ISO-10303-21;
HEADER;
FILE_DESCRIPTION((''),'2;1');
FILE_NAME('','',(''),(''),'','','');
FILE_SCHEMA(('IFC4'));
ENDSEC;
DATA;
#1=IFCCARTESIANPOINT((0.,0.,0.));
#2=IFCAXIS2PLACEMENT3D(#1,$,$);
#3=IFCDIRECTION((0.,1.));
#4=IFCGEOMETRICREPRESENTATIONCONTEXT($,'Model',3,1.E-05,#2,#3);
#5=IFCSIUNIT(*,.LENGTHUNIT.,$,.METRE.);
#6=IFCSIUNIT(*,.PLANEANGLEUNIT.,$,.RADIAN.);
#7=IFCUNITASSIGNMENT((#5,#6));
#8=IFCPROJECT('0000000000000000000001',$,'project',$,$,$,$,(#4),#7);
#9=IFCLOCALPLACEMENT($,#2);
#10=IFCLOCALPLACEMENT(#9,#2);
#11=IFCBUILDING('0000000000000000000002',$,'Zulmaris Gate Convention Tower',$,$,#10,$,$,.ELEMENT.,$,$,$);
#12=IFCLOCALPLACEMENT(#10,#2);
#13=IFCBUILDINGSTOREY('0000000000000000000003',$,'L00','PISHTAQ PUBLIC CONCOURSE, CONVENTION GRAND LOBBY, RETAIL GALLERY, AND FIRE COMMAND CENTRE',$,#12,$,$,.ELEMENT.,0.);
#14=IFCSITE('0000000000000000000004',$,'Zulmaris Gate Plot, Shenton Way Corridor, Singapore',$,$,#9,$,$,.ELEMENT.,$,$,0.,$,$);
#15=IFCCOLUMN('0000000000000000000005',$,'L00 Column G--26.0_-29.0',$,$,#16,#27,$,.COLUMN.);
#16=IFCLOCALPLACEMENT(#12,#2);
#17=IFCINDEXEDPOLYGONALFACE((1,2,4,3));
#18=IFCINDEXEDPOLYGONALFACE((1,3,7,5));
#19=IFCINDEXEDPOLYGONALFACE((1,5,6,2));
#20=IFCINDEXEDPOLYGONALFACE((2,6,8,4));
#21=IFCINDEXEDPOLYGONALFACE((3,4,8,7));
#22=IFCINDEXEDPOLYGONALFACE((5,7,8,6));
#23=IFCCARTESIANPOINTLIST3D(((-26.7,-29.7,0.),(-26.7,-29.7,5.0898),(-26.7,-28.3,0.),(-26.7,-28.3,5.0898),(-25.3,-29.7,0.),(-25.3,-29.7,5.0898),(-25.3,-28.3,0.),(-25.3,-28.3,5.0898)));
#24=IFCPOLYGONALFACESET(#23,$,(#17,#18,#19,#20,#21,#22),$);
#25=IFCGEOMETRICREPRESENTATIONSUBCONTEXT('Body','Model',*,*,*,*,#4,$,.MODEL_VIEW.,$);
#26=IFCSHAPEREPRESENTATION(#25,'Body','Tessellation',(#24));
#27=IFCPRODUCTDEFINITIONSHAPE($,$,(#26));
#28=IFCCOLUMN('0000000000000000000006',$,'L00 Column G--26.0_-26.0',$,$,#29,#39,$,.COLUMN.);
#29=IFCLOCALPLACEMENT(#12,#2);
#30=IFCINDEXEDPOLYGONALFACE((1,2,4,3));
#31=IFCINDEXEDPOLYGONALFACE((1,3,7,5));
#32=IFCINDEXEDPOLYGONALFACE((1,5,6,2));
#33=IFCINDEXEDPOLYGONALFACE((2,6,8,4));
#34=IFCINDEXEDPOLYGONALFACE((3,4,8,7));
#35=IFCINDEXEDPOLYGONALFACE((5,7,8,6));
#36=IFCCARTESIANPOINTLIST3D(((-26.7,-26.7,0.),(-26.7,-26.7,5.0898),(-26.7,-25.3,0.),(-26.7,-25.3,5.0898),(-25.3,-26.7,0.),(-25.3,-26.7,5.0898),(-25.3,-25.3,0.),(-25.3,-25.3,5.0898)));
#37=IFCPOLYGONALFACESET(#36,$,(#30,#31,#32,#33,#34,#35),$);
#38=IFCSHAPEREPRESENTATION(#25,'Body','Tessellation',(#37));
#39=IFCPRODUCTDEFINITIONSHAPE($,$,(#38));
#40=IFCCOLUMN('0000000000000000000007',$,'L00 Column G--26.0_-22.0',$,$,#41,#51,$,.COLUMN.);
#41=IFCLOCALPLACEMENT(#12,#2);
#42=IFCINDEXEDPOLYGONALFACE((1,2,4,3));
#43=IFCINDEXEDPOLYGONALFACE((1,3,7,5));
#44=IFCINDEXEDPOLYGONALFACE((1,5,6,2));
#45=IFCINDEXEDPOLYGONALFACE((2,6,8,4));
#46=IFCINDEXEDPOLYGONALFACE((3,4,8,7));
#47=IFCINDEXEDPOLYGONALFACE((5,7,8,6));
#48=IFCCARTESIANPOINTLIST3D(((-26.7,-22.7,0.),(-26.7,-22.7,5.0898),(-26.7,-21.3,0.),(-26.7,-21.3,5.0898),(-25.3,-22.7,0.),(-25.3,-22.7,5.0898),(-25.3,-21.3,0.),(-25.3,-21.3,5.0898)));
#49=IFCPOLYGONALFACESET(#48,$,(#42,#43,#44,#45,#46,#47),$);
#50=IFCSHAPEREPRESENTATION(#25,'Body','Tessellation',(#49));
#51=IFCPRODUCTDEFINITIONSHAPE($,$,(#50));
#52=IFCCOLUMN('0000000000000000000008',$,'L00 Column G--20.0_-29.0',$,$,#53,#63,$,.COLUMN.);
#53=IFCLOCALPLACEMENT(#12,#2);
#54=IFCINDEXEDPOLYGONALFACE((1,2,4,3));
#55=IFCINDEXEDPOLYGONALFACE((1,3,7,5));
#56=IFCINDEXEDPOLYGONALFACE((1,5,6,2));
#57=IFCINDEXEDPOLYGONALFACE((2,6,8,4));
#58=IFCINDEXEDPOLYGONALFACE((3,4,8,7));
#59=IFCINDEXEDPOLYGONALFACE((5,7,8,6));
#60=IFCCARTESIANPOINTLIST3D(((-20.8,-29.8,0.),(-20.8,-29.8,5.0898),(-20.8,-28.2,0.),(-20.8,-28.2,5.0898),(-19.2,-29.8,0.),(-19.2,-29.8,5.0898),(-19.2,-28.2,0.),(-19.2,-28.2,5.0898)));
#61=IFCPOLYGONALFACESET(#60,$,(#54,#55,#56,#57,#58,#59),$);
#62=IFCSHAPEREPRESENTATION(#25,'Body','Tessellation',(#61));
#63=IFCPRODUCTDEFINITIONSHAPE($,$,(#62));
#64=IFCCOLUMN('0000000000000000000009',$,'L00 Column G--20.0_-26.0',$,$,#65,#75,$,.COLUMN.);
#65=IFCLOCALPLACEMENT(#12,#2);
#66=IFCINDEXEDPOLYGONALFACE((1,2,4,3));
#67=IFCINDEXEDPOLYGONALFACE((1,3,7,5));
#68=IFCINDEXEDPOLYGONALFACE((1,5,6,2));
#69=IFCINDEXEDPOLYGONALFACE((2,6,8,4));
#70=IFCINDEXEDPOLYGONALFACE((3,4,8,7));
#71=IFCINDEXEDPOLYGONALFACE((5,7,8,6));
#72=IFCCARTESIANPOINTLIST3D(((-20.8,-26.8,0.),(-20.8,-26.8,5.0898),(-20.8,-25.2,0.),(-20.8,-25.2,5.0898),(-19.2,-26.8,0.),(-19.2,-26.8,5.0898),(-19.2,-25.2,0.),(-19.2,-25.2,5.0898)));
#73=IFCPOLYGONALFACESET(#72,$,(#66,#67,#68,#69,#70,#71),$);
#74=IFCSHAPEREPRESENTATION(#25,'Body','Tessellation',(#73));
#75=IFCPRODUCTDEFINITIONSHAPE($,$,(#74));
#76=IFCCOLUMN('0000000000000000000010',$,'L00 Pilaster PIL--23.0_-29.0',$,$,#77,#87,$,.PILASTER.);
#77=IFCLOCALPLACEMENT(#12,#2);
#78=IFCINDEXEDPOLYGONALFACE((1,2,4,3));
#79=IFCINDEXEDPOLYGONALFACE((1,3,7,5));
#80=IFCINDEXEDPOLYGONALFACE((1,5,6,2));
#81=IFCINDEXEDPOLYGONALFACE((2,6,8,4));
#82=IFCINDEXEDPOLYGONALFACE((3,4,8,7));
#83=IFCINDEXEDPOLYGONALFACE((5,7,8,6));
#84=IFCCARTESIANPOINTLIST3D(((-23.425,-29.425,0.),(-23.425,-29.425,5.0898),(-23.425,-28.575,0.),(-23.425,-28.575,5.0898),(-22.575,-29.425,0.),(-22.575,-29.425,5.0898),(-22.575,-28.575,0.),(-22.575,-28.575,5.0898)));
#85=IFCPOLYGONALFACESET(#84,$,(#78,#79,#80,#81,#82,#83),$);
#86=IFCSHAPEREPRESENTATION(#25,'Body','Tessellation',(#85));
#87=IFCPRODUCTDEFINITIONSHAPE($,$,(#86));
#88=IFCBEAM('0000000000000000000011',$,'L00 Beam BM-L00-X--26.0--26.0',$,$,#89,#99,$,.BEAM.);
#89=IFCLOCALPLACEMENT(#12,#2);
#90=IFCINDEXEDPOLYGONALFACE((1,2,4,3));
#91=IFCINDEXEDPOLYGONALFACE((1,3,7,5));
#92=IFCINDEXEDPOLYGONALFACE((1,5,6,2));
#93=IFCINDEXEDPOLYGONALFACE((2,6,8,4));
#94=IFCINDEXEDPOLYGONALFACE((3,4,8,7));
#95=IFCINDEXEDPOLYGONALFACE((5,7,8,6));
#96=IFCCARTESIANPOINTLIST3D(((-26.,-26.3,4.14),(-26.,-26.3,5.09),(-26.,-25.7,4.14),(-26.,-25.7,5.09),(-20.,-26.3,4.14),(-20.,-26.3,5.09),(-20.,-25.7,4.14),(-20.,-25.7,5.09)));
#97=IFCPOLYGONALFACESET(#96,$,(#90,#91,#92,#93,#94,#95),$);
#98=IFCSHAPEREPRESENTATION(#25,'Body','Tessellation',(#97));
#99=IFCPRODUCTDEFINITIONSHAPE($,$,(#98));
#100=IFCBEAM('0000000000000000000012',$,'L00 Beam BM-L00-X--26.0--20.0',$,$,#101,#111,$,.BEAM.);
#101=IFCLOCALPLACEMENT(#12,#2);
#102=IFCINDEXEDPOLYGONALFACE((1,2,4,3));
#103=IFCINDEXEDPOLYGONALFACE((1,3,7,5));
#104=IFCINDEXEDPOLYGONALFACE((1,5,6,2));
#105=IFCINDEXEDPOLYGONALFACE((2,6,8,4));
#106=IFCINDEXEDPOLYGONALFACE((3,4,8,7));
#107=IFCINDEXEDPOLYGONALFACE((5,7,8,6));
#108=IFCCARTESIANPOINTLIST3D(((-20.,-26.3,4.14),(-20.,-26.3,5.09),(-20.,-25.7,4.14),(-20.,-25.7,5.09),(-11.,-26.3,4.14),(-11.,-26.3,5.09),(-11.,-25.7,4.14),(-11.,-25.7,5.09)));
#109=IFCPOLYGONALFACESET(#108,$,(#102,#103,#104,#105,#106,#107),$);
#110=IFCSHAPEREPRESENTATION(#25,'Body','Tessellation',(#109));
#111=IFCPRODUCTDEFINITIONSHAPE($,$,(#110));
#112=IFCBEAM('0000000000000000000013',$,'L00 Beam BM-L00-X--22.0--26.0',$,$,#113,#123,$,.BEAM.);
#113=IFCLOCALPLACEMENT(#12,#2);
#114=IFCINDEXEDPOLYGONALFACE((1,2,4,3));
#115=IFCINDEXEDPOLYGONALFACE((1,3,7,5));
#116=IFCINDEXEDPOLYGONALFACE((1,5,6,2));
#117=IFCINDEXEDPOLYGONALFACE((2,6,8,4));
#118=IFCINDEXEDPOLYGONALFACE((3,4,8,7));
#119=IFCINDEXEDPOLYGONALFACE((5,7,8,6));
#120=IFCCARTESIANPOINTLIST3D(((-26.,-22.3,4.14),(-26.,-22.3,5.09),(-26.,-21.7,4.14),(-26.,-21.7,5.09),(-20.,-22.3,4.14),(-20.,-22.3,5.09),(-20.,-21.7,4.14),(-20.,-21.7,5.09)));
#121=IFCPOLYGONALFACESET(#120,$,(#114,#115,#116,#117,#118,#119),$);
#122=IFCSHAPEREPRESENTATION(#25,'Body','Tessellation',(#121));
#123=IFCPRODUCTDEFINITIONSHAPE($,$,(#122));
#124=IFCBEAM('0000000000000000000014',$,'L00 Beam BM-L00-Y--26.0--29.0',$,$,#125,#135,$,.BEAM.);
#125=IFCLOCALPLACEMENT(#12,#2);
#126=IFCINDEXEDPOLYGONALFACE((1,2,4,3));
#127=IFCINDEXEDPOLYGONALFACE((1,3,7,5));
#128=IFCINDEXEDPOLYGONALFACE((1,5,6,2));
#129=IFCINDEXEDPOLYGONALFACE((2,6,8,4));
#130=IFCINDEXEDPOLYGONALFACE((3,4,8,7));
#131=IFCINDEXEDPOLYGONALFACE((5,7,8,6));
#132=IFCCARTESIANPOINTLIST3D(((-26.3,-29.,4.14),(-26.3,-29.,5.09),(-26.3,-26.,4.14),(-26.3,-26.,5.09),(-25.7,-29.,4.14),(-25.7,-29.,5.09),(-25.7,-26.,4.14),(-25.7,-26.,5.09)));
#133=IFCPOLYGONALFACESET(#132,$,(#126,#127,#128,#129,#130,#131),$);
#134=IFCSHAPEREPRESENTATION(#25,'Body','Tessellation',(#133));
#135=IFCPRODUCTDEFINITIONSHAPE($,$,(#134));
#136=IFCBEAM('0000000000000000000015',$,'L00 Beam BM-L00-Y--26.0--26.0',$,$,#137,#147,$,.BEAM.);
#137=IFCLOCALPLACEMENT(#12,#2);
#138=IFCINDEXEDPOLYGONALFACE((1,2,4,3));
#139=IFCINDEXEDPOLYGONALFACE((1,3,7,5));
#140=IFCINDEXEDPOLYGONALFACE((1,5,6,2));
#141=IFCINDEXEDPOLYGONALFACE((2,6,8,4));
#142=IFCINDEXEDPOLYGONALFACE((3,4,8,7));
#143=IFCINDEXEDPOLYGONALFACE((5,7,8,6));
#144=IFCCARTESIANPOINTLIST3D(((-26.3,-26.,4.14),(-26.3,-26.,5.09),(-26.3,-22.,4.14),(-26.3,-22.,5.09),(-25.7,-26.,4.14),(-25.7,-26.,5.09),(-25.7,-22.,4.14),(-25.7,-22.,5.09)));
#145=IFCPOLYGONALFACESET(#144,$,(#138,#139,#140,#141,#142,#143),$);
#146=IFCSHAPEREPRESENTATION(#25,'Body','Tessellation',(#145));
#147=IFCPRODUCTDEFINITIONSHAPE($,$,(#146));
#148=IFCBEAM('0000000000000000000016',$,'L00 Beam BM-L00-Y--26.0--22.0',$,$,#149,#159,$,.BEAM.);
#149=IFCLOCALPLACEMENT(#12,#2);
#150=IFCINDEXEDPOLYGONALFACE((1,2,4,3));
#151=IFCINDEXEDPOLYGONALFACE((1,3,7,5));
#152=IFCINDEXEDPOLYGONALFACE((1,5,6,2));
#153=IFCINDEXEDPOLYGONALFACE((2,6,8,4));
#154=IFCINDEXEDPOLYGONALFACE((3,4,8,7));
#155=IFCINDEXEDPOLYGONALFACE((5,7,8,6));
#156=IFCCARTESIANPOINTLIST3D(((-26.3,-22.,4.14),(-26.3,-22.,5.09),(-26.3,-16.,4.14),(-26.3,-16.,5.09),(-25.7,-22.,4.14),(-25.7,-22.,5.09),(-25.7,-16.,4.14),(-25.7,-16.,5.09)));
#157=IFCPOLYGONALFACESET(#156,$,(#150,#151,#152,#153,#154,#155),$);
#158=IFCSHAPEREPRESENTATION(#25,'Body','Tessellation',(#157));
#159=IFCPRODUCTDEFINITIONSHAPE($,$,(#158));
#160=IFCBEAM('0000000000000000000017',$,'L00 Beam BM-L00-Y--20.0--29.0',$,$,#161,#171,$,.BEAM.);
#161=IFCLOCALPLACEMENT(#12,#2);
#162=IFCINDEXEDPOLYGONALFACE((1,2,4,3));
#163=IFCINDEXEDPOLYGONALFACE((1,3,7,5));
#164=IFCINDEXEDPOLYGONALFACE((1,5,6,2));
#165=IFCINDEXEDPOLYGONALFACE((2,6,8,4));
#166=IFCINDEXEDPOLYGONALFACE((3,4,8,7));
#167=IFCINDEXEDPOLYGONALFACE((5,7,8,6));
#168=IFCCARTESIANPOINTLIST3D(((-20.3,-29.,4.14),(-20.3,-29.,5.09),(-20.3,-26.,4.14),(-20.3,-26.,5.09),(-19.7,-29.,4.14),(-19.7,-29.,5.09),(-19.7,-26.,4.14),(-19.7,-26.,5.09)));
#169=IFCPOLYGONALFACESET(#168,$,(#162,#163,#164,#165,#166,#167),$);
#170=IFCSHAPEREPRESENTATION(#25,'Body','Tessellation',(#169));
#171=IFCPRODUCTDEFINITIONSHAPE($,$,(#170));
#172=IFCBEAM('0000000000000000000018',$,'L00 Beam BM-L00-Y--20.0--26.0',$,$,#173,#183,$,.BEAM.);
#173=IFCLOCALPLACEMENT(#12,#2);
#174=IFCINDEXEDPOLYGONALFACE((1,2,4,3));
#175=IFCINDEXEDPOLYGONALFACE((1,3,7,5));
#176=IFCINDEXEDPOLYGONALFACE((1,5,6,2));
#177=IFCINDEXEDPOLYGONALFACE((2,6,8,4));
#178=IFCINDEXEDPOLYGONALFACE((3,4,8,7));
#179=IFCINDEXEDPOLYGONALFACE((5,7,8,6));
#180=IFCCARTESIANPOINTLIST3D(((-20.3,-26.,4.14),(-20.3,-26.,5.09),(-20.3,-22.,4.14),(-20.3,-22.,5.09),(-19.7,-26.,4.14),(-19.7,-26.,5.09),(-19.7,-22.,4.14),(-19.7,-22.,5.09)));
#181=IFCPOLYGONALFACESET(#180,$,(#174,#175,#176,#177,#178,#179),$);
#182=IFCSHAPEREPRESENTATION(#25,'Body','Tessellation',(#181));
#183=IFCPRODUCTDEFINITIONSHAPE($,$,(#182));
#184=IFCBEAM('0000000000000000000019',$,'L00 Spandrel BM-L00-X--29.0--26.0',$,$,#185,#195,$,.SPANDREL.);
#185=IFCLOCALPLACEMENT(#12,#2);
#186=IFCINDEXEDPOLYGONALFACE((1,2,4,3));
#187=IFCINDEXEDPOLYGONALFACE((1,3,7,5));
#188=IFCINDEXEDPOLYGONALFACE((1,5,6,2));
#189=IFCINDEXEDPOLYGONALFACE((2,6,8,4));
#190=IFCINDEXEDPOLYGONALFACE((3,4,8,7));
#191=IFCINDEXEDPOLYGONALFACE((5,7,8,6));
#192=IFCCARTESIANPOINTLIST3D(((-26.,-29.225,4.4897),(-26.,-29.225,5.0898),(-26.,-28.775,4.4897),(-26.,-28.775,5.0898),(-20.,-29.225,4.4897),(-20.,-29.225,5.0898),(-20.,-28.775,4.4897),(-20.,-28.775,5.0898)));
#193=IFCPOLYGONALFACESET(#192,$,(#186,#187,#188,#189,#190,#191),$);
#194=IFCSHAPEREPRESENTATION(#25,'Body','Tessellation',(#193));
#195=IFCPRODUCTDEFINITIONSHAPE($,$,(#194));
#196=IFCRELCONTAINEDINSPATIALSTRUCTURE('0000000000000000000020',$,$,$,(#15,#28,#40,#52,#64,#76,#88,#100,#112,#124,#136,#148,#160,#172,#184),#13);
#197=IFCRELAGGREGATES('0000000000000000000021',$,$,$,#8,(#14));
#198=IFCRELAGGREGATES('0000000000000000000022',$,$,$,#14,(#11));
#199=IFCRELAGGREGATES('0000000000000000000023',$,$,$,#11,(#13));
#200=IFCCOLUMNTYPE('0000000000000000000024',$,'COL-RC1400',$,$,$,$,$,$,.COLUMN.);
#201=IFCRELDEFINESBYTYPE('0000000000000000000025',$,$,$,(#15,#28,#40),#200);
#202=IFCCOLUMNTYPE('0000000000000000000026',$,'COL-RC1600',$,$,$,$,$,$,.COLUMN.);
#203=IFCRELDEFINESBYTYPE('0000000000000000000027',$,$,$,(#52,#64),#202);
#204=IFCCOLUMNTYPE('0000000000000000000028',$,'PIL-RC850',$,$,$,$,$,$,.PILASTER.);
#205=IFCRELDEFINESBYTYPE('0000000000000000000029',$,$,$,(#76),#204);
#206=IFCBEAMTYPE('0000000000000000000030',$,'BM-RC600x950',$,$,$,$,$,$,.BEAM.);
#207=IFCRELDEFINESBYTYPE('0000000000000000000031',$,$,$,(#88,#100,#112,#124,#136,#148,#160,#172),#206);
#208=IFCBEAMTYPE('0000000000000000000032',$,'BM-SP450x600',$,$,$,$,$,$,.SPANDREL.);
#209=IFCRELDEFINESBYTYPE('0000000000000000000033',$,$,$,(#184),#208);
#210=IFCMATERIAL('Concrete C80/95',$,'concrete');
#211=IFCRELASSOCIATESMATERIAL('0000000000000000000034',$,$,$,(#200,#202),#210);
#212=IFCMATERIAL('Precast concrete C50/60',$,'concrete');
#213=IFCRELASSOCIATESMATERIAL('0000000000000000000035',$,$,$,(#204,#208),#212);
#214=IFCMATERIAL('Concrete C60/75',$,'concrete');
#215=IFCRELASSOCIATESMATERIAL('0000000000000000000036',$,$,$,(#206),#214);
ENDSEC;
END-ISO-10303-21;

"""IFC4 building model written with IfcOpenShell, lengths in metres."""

from ifc_helpers import new_model, si_unit, direction, frame, origin, origin_2d, place, context, subcontext, project, spatial, rectangle, extrude, material, material_profile, profile_set, type_object, element, save


model = new_model("IFC4")

# Units and contexts
model_context = context("Model", 3, precision=1e-05, world=origin(), true_north=direction((0.0, 1.0)))
body_context = subcontext(model_context, "Body", "Model", "MODEL_VIEW")
ifc_project = project(units=[si_unit("LENGTHUNIT", "METRE"), si_unit("PLANEANGLEUNIT", "RADIAN")], contexts=[model_context])

# Site, building, storey
site_placement = place(None, origin())
site = spatial("IfcSite", under=ifc_project, at=site_placement, Name="Zulmaris Gate Plot, Shenton Way Corridor, Singapore", CompositionType="ELEMENT", RefElevation=0.0)
building_placement = place(site_placement, origin())
building = spatial("IfcBuilding", under=site, at=building_placement, Name="Zulmaris Gate Convention Tower", CompositionType="ELEMENT")
storey_placement = place(building_placement, origin())
storey = spatial("IfcBuildingStorey", under=building, at=storey_placement, Name="L00", Description="PISHTAQ PUBLIC CONCOURSE, CONVENTION GRAND LOBBY, RETAIL GALLERY, AND FIRE COMMAND CENTRE", CompositionType="ELEMENT", Elevation=0.0)

# Columns
ifc_material_1 = material(Name="Concrete C80/95", Category="concrete")
ifc_material_profile_1 = material_profile(ifc_material_1, rectangle(XDim=1.3999, YDim=1.3999, at=origin_2d()), Name="RC COL 1400x1400")
ifc_profile_set_1 = profile_set([ifc_material_profile_1], Name="Concrete C80/95")
column_type_1 = type_object("IfcColumnType", Name="COL-RC1400", PredefinedType="COLUMN", material=ifc_profile_set_1)
for number, where, z_axis, x_axis, name in (
    (1, (-26.0, -29.0, 0.0), (0.0, 0.0, 1.0), (1.0, 0.0, 0.0), "L00 Column G--26.0_-29.0"),
    (2, (-26.0, -26.0, 0.0), (0.0, 0.0, 1.0), (1.0, 0.0, 0.0), "L00 Column G--26.0_-26.0"),
    (3, (-26.0, -22.0, 0.0), (0.0, 0.0, 1.0), (1.0, 0.0, 0.0), "L00 Column G--26.0_-22.0"),
):
    element("IfcColumn", number, at=place(storey_placement, frame(where, z_axis=z_axis, x_axis=x_axis)), inside=storey, type_object=column_type_1, Name=name, PredefinedType="COLUMN", context=body_context, shape_type="SweptSolid", body=[
        extrude(rectangle(XDim=1.3999, YDim=1.3999, at=origin_2d()), origin(), (0.0, 0.0, 1.0), 5.0898),
    ])
ifc_material_profile_2 = material_profile(ifc_material_1, rectangle(XDim=1.6001, YDim=1.6001, at=origin_2d()), Name="RC COL 1600x1600")
ifc_profile_set_2 = profile_set([ifc_material_profile_2], Name="Concrete C80/95")
column_type_2 = type_object("IfcColumnType", Name="COL-RC1600", PredefinedType="COLUMN", material=ifc_profile_set_2)
for number, where, z_axis, x_axis, name in (
    (4, (-20.0, -29.0, 0.0), (0.0, 0.0, 1.0), (1.0, 0.0, 0.0), "L00 Column G--20.0_-29.0"),
    (5, (-20.0, -26.0, 0.0), (0.0, 0.0, 1.0), (1.0, 0.0, 0.0), "L00 Column G--20.0_-26.0"),
):
    element("IfcColumn", number, at=place(storey_placement, frame(where, z_axis=z_axis, x_axis=x_axis)), inside=storey, type_object=column_type_2, Name=name, PredefinedType="COLUMN", context=body_context, shape_type="SweptSolid", body=[
        extrude(rectangle(XDim=1.6001, YDim=1.6001, at=origin_2d()), origin(), (0.0, 0.0, 1.0), 5.0898),
    ])
ifc_material_2 = material(Name="Precast concrete C50/60", Category="concrete")
ifc_material_profile_3 = material_profile(ifc_material_2, rectangle(XDim=0.8501, YDim=0.8501, at=origin_2d()), Name="RC COL 850x850")
ifc_profile_set_3 = profile_set([ifc_material_profile_3], Name="Precast concrete C50/60")
column_type_3 = type_object("IfcColumnType", Name="PIL-RC850", PredefinedType="PILASTER", material=ifc_profile_set_3)
column_placement = place(storey_placement, frame((-23.0, -29.0, 0.0), z_axis=(0.0, 0.0, 1.0), x_axis=(1.0, 0.0, 0.0)))
element("IfcColumn", 6, at=column_placement, inside=storey, type_object=column_type_3, Name="L00 Pilaster PIL--23.0_-29.0", PredefinedType="PILASTER", context=body_context, shape_type="SweptSolid", body=[
    extrude(rectangle(XDim=0.8501, YDim=0.8501, at=origin_2d()), origin(), (0.0, 0.0, 1.0), 5.0898),
])

# Beams
ifc_material_3 = material(Name="Concrete C60/75", Category="concrete")
ifc_material_profile_4 = material_profile(ifc_material_3, rectangle(XDim=0.6001, YDim=0.95, at=origin_2d()), Name="RC BEAM 600x950")
ifc_profile_set_4 = profile_set([ifc_material_profile_4], Name="Concrete C60/75")
beam_type_1 = type_object("IfcBeamType", Name="BM-RC600x950", PredefinedType="BEAM", material=ifc_profile_set_4)
beam_1_placement = place(storey_placement, frame((-26.0, -26.0, 4.615), z_axis=(1.0, 0.0, 0.0), x_axis=(0.0, 1.0, 0.0)))
element("IfcBeam", 7, at=beam_1_placement, inside=storey, type_object=beam_type_1, Name="L00 Beam BM-L00-X--26.0--26.0", PredefinedType="BEAM", context=body_context, shape_type="SweptSolid", body=[
    extrude(rectangle(XDim=0.6001, YDim=0.95, at=origin_2d()), origin(), (0.0, 0.0, 1.0), 6.0),
])
beam_2_placement = place(storey_placement, frame((-20.0, -26.0, 4.615), z_axis=(1.0, 0.0, 0.0), x_axis=(0.0, 1.0, 0.0)))
element("IfcBeam", 8, at=beam_2_placement, inside=storey, type_object=beam_type_1, Name="L00 Beam BM-L00-X--26.0--20.0", PredefinedType="BEAM", context=body_context, shape_type="SweptSolid", body=[
    extrude(rectangle(XDim=0.6001, YDim=0.95, at=origin_2d()), origin(), (0.0, 0.0, 1.0), 9.0),
])
beam_3_placement = place(storey_placement, frame((-26.0, -22.0, 4.615), z_axis=(1.0, 0.0, 0.0), x_axis=(0.0, 1.0, 0.0)))
element("IfcBeam", 9, at=beam_3_placement, inside=storey, type_object=beam_type_1, Name="L00 Beam BM-L00-X--22.0--26.0", PredefinedType="BEAM", context=body_context, shape_type="SweptSolid", body=[
    extrude(rectangle(XDim=0.6001, YDim=0.95, at=origin_2d()), origin(), (0.0, 0.0, 1.0), 6.0),
])
beam_4_placement = place(storey_placement, frame((-26.0, -29.0, 4.615), z_axis=(0.0, 1.0, 0.0), x_axis=(-1.0, 0.0, 0.0)))
element("IfcBeam", 10, at=beam_4_placement, inside=storey, type_object=beam_type_1, Name="L00 Beam BM-L00-Y--26.0--29.0", PredefinedType="BEAM", context=body_context, shape_type="SweptSolid", body=[
    extrude(rectangle(XDim=0.6001, YDim=0.95, at=origin_2d()), origin(), (0.0, 0.0, 1.0), 3.0),
])
beam_5_placement = place(storey_placement, frame((-26.0, -26.0, 4.615), z_axis=(0.0, 1.0, 0.0), x_axis=(-1.0, 0.0, 0.0)))
element("IfcBeam", 11, at=beam_5_placement, inside=storey, type_object=beam_type_1, Name="L00 Beam BM-L00-Y--26.0--26.0", PredefinedType="BEAM", context=body_context, shape_type="SweptSolid", body=[
    extrude(rectangle(XDim=0.6001, YDim=0.95, at=origin_2d()), origin(), (0.0, 0.0, 1.0), 4.0),
])
beam_6_placement = place(storey_placement, frame((-26.0, -22.0, 4.615), z_axis=(0.0, 1.0, 0.0), x_axis=(-1.0, 0.0, 0.0)))
element("IfcBeam", 12, at=beam_6_placement, inside=storey, type_object=beam_type_1, Name="L00 Beam BM-L00-Y--26.0--22.0", PredefinedType="BEAM", context=body_context, shape_type="SweptSolid", body=[
    extrude(rectangle(XDim=0.6001, YDim=0.95, at=origin_2d()), origin(), (0.0, 0.0, 1.0), 6.0),
])
beam_7_placement = place(storey_placement, frame((-20.0, -29.0, 4.615), z_axis=(0.0, 1.0, 0.0), x_axis=(-1.0, 0.0, 0.0)))
element("IfcBeam", 13, at=beam_7_placement, inside=storey, type_object=beam_type_1, Name="L00 Beam BM-L00-Y--20.0--29.0", PredefinedType="BEAM", context=body_context, shape_type="SweptSolid", body=[
    extrude(rectangle(XDim=0.6001, YDim=0.95, at=origin_2d()), origin(), (0.0, 0.0, 1.0), 3.0),
])
beam_8_placement = place(storey_placement, frame((-20.0, -26.0, 4.615), z_axis=(0.0, 1.0, 0.0), x_axis=(-1.0, 0.0, 0.0)))
element("IfcBeam", 14, at=beam_8_placement, inside=storey, type_object=beam_type_1, Name="L00 Beam BM-L00-Y--20.0--26.0", PredefinedType="BEAM", context=body_context, shape_type="SweptSolid", body=[
    extrude(rectangle(XDim=0.6001, YDim=0.95, at=origin_2d()), origin(), (0.0, 0.0, 1.0), 4.0),
])
ifc_material_profile_5 = material_profile(ifc_material_2, rectangle(XDim=0.45, YDim=0.6001, at=origin_2d()), Name="RC SPANDREL 450x600")
ifc_profile_set_5 = profile_set([ifc_material_profile_5], Name="Precast concrete C50/60")
beam_type_2 = type_object("IfcBeamType", Name="BM-SP450x600", PredefinedType="SPANDREL", material=ifc_profile_set_5)
beam_9_placement = place(storey_placement, frame((-26.0, -29.0, 4.7898), z_axis=(1.0, 0.0, 0.0), x_axis=(0.0, 1.0, 0.0)))
element("IfcBeam", 15, at=beam_9_placement, inside=storey, type_object=beam_type_2, Name="L00 Spandrel BM-L00-X--29.0--26.0", PredefinedType="SPANDREL", context=body_context, shape_type="SweptSolid", body=[
    extrude(rectangle(XDim=0.45, YDim=0.6001, at=origin_2d()), origin(), (0.0, 0.0, 1.0), 6.0),
])

save(model, "model.ifc")
